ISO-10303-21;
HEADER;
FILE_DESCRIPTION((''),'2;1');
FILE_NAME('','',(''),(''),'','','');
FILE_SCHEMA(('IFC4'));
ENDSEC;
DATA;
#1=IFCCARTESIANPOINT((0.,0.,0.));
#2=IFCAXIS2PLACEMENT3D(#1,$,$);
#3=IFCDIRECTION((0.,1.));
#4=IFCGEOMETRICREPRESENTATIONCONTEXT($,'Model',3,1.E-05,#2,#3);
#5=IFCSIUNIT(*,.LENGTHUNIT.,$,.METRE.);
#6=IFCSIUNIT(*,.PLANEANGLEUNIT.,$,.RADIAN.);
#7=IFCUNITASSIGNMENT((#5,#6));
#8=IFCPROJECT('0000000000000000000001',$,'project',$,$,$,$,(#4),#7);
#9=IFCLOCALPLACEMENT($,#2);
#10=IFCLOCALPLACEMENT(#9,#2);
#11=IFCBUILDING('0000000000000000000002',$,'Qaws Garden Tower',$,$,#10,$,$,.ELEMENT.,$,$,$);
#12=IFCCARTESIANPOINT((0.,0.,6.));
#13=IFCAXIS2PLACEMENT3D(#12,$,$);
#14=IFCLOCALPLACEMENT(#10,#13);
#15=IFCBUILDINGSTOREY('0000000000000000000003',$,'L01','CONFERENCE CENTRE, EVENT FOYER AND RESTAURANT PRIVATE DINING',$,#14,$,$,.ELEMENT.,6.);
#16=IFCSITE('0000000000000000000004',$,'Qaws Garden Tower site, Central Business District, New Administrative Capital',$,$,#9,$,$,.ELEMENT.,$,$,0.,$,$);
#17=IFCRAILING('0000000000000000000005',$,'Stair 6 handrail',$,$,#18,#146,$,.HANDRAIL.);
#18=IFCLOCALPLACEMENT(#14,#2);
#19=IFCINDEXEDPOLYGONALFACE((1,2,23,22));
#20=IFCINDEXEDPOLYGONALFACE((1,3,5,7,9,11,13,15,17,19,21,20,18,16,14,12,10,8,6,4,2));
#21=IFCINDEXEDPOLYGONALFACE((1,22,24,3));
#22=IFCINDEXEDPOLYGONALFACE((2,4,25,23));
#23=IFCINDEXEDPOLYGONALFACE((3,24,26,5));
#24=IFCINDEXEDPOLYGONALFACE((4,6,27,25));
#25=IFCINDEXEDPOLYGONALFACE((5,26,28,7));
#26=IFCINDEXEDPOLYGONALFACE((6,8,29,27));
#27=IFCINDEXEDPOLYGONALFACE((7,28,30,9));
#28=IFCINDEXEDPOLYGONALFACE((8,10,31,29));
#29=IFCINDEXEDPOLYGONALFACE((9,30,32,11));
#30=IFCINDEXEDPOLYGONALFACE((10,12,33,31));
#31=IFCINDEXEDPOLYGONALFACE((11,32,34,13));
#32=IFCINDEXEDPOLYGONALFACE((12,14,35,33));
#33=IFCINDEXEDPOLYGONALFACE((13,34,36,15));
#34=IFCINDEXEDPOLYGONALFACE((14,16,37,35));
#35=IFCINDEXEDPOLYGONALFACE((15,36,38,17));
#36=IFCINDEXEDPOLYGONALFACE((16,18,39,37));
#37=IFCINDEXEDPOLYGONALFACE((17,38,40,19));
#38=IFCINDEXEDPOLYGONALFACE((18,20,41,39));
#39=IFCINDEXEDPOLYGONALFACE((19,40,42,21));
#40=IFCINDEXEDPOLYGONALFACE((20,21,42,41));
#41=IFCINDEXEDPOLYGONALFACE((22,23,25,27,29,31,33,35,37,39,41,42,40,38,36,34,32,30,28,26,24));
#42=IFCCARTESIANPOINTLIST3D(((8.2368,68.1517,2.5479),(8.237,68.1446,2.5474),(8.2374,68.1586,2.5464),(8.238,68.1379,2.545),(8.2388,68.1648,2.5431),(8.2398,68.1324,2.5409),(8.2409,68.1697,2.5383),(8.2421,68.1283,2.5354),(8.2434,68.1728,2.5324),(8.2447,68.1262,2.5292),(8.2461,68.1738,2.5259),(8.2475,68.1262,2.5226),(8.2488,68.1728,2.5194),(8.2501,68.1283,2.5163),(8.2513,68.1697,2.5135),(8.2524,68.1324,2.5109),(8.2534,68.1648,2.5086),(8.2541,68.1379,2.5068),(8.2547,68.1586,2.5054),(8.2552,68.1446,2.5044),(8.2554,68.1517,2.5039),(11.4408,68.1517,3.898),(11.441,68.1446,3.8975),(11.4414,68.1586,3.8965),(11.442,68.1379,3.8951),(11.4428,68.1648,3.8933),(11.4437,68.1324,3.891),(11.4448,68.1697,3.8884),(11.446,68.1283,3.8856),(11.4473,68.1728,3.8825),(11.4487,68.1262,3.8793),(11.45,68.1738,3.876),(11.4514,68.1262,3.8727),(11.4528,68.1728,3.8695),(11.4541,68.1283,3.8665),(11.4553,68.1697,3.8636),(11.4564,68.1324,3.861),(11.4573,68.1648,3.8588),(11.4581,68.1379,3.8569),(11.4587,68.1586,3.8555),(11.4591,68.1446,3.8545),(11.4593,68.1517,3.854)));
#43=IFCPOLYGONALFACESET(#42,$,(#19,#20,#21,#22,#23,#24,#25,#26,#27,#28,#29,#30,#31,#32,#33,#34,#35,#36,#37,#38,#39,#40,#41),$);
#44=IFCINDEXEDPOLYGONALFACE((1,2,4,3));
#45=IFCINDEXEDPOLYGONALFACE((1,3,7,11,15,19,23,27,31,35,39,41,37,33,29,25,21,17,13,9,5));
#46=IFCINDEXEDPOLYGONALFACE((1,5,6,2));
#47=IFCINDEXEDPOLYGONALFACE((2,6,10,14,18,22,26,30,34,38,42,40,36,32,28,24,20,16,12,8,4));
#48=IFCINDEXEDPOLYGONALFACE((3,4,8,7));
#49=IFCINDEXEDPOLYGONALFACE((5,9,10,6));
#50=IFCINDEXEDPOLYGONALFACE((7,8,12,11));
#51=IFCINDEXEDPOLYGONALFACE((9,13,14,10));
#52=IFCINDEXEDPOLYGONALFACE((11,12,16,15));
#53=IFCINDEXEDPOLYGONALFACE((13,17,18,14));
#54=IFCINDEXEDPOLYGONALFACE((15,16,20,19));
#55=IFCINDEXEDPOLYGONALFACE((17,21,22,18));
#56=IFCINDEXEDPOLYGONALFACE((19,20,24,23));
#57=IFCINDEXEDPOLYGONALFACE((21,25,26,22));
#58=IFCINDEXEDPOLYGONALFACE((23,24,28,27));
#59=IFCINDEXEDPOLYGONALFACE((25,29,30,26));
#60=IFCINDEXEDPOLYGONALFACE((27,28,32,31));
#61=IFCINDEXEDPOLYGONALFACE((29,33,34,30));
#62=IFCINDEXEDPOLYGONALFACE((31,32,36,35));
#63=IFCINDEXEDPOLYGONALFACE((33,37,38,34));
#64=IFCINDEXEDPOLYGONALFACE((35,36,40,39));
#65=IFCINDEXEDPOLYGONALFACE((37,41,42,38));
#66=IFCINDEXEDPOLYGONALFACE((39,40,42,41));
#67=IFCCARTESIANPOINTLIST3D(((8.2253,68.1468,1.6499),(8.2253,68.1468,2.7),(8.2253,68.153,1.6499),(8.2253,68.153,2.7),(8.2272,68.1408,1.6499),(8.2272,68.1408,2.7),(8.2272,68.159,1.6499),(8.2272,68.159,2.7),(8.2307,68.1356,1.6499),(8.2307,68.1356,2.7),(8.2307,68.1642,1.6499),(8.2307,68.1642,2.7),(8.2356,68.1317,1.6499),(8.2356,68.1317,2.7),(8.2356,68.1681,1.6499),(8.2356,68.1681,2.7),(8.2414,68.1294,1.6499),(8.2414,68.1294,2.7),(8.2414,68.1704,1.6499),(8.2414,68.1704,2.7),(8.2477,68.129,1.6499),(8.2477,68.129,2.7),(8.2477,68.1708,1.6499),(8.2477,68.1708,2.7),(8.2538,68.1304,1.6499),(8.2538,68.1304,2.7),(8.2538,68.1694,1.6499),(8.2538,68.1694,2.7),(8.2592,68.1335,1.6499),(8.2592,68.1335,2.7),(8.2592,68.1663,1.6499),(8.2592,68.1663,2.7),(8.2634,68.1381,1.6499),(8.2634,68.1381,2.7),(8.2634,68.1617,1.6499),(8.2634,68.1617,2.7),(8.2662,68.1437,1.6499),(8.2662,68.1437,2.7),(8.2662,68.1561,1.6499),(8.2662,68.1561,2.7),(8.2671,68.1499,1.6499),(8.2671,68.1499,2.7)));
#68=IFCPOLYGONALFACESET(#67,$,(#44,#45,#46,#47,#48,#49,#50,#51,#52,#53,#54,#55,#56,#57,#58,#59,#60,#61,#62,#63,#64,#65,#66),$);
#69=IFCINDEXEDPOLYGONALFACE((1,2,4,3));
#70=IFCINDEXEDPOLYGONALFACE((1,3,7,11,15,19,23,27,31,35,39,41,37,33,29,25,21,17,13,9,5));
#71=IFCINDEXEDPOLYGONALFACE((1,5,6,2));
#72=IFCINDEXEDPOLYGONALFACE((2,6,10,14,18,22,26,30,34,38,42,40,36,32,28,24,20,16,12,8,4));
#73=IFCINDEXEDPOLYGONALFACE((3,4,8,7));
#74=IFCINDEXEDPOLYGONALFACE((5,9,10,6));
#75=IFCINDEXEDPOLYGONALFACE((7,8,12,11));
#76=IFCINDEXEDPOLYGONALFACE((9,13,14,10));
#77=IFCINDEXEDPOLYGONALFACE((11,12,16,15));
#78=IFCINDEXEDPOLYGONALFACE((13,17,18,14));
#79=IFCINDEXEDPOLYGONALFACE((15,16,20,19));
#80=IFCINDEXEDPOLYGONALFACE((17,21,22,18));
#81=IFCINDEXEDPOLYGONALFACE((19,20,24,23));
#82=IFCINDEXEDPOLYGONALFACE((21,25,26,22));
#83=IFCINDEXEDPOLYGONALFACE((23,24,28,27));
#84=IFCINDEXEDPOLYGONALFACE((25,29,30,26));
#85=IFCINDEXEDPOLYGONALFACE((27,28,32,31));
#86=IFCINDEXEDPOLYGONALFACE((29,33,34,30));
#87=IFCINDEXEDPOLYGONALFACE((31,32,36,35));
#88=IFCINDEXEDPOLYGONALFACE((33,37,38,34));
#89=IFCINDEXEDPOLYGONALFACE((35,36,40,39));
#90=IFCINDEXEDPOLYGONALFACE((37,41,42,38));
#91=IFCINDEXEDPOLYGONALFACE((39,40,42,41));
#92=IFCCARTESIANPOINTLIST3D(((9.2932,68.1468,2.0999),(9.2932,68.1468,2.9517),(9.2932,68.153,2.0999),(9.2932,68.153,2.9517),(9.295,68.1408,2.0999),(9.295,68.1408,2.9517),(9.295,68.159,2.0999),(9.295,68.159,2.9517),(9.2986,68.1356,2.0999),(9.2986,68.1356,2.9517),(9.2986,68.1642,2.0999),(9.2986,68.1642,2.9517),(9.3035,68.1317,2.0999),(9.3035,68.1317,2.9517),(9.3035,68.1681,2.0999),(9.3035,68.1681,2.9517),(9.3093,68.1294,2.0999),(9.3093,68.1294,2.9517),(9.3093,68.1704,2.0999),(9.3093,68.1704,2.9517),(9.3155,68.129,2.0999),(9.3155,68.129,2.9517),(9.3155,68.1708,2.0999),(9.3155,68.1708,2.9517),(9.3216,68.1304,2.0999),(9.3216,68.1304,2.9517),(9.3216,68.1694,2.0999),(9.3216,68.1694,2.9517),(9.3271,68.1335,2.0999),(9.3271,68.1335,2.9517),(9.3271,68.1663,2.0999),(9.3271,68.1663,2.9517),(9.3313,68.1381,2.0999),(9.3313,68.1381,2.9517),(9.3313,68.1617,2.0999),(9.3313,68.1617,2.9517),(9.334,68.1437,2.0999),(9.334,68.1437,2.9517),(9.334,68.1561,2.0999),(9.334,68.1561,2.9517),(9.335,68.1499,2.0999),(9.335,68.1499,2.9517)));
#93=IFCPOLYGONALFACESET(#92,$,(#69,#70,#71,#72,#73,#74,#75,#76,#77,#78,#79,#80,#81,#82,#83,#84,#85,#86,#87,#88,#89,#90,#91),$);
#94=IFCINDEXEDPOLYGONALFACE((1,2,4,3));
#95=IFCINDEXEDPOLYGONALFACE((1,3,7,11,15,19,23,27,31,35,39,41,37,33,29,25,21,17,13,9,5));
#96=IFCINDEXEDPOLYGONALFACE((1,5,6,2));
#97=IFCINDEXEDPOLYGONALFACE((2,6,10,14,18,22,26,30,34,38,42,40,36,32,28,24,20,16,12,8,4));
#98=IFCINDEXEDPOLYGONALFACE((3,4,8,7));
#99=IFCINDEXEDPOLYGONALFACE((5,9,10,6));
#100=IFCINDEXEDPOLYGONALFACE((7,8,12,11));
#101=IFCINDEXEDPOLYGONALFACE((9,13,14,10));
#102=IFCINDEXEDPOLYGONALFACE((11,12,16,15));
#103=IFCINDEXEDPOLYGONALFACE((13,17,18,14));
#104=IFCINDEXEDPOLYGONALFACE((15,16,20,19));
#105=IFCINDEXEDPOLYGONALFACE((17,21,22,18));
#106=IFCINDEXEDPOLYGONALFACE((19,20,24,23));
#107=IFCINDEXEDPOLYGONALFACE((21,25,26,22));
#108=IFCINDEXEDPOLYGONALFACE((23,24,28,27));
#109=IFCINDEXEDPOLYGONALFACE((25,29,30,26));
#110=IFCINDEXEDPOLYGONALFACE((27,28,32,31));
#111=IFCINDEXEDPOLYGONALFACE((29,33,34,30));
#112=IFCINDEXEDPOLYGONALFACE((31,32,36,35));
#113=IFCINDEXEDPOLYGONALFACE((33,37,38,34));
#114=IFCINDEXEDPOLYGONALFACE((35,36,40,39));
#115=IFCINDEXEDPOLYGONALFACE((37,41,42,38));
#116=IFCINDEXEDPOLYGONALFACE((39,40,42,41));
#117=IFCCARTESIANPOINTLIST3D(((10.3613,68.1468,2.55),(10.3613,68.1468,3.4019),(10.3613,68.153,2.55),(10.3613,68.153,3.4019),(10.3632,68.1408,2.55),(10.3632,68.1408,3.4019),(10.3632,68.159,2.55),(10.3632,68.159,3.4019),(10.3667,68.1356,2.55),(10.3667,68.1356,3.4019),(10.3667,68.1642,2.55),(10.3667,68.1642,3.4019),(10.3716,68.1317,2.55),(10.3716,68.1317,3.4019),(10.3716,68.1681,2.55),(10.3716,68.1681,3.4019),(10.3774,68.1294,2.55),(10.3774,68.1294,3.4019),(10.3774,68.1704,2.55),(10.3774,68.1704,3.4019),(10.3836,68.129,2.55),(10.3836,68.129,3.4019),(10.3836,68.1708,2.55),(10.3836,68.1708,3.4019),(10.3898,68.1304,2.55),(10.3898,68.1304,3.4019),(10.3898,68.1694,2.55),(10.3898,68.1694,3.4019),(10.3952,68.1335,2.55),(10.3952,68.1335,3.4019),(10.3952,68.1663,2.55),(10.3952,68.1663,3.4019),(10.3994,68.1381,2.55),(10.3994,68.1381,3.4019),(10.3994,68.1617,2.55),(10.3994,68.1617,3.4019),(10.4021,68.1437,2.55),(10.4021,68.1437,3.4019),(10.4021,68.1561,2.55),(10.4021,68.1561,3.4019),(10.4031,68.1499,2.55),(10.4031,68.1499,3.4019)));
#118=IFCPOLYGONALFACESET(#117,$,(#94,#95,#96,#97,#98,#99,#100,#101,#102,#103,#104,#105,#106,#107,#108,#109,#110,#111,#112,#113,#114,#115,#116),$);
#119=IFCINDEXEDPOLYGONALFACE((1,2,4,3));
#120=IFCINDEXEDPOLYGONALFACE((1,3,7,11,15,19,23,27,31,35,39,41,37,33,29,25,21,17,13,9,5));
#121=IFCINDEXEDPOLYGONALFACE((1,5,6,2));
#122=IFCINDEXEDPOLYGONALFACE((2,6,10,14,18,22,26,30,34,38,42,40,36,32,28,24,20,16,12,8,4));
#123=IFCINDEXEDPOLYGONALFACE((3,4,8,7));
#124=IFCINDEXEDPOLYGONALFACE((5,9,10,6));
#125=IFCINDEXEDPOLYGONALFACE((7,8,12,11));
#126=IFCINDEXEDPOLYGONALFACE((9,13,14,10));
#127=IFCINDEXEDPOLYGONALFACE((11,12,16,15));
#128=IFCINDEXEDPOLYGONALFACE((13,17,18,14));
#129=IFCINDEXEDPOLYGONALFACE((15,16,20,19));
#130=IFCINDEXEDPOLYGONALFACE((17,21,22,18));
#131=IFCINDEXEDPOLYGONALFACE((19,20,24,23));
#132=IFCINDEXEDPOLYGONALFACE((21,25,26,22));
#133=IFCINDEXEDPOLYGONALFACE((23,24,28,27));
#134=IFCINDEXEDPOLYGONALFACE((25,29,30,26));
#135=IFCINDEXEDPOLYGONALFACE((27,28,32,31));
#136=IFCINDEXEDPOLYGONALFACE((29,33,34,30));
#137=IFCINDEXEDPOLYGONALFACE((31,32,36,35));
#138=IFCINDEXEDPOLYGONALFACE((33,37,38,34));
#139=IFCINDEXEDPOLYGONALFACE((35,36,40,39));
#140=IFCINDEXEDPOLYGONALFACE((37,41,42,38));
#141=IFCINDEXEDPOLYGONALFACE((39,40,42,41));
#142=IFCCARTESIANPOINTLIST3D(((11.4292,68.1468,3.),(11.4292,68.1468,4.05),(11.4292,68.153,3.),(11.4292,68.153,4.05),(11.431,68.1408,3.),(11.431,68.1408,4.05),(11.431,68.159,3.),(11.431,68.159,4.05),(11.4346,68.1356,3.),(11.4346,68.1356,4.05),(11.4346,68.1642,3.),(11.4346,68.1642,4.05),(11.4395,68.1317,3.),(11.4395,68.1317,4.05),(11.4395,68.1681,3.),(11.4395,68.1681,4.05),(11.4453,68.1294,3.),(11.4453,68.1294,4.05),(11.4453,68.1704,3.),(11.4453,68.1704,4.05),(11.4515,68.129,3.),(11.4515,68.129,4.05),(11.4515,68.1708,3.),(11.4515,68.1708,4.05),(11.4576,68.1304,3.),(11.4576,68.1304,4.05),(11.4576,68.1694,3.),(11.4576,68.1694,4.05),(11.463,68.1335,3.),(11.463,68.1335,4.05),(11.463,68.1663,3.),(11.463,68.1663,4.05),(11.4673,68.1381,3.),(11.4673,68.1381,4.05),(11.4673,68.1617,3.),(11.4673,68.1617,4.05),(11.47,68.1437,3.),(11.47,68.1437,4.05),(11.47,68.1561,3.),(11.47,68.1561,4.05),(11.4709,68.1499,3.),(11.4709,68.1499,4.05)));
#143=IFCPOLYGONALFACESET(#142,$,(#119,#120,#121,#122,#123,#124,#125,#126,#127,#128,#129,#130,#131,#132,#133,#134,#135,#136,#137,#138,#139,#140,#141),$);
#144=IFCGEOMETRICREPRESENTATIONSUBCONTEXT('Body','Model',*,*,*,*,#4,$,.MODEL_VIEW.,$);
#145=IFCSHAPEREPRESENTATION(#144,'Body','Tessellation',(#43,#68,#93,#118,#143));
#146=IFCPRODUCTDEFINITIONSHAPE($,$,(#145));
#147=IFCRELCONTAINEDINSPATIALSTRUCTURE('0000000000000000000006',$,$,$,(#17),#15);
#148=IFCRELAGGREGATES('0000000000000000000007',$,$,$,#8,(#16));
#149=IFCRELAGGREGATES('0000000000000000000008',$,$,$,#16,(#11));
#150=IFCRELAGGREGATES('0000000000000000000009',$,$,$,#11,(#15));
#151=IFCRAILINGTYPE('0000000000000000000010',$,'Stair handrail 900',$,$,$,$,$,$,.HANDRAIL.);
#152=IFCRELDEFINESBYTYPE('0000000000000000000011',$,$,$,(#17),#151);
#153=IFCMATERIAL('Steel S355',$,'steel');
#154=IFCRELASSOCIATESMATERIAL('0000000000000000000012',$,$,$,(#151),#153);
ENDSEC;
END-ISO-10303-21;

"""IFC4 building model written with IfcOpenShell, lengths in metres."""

from ifc_helpers import new_model, si_unit, direction, frame, origin, origin_2d, place, context, subcontext, project, spatial, circle, extrude, material, type_object, element, save


model = new_model("IFC4")

# Units and contexts
model_context = context("Model", 3, precision=1e-05, world=origin(), true_north=direction((0.0, 1.0)))
body_context = subcontext(model_context, "Body", "Model", "MODEL_VIEW")
ifc_project = project(units=[si_unit("LENGTHUNIT", "METRE"), si_unit("PLANEANGLEUNIT", "RADIAN")], contexts=[model_context])

# Site, building, storey
site_placement = place(None, origin())
site = spatial("IfcSite", under=ifc_project, at=site_placement, Name="Qaws Garden Tower site, Central Business District, New Administrative Capital", CompositionType="ELEMENT", RefElevation=0.0)
building_placement = place(site_placement, origin())
building = spatial("IfcBuilding", under=site, at=building_placement, Name="Qaws Garden Tower", CompositionType="ELEMENT")
storey_placement = place(building_placement, frame((0.0, 0.0, 6.0)))
storey = spatial("IfcBuildingStorey", under=building, at=storey_placement, Name="L01", Description="CONFERENCE CENTRE, EVENT FOYER AND RESTAURANT PRIVATE DINING", CompositionType="ELEMENT", Elevation=6.0)

# Railing
ifc_material_1 = material(Name="Steel S355", Category="steel")
railing_type = type_object("IfcRailingType", Name="Stair handrail 900", PredefinedType="HANDRAIL", material=ifc_material_1)
railing_1_placement = place(storey_placement, frame((8.2461, 68.1499, 1.6499)))
element("IfcRailing", 1, at=railing_1_placement, inside=storey, type_object=railing_type, Name="Stair 6 handrail", PredefinedType="HANDRAIL", context=body_context, shape_type="SweptSolid", body=[
    extrude(circle(Radius=0.0239, at=origin_2d()), frame((0.0, 0.0, 0.876), z_axis=(0.921522, 0.0, 0.388327), x_axis=(0.0, 1.0, 0.0)), (0.0, 0.0, 1.0), 3.4768),
    extrude(circle(Radius=0.021, at=origin_2d()), origin(), (0.0, 0.0, 1.0), 1.05),
    extrude(circle(Radius=0.021, at=origin_2d()), frame((1.0679, 0.0, 0.45)), (0.0, 0.0, 1.0), 0.8518),
    extrude(circle(Radius=0.021, at=origin_2d()), frame((2.136, 0.0, 0.9001)), (0.0, 0.0, 1.0), 0.8518),
    extrude(circle(Radius=0.021, at=origin_2d()), frame((3.2039, 0.0, 1.3501)), (0.0, 0.0, 1.0), 1.05),
])

save(model, "model.ifc")
